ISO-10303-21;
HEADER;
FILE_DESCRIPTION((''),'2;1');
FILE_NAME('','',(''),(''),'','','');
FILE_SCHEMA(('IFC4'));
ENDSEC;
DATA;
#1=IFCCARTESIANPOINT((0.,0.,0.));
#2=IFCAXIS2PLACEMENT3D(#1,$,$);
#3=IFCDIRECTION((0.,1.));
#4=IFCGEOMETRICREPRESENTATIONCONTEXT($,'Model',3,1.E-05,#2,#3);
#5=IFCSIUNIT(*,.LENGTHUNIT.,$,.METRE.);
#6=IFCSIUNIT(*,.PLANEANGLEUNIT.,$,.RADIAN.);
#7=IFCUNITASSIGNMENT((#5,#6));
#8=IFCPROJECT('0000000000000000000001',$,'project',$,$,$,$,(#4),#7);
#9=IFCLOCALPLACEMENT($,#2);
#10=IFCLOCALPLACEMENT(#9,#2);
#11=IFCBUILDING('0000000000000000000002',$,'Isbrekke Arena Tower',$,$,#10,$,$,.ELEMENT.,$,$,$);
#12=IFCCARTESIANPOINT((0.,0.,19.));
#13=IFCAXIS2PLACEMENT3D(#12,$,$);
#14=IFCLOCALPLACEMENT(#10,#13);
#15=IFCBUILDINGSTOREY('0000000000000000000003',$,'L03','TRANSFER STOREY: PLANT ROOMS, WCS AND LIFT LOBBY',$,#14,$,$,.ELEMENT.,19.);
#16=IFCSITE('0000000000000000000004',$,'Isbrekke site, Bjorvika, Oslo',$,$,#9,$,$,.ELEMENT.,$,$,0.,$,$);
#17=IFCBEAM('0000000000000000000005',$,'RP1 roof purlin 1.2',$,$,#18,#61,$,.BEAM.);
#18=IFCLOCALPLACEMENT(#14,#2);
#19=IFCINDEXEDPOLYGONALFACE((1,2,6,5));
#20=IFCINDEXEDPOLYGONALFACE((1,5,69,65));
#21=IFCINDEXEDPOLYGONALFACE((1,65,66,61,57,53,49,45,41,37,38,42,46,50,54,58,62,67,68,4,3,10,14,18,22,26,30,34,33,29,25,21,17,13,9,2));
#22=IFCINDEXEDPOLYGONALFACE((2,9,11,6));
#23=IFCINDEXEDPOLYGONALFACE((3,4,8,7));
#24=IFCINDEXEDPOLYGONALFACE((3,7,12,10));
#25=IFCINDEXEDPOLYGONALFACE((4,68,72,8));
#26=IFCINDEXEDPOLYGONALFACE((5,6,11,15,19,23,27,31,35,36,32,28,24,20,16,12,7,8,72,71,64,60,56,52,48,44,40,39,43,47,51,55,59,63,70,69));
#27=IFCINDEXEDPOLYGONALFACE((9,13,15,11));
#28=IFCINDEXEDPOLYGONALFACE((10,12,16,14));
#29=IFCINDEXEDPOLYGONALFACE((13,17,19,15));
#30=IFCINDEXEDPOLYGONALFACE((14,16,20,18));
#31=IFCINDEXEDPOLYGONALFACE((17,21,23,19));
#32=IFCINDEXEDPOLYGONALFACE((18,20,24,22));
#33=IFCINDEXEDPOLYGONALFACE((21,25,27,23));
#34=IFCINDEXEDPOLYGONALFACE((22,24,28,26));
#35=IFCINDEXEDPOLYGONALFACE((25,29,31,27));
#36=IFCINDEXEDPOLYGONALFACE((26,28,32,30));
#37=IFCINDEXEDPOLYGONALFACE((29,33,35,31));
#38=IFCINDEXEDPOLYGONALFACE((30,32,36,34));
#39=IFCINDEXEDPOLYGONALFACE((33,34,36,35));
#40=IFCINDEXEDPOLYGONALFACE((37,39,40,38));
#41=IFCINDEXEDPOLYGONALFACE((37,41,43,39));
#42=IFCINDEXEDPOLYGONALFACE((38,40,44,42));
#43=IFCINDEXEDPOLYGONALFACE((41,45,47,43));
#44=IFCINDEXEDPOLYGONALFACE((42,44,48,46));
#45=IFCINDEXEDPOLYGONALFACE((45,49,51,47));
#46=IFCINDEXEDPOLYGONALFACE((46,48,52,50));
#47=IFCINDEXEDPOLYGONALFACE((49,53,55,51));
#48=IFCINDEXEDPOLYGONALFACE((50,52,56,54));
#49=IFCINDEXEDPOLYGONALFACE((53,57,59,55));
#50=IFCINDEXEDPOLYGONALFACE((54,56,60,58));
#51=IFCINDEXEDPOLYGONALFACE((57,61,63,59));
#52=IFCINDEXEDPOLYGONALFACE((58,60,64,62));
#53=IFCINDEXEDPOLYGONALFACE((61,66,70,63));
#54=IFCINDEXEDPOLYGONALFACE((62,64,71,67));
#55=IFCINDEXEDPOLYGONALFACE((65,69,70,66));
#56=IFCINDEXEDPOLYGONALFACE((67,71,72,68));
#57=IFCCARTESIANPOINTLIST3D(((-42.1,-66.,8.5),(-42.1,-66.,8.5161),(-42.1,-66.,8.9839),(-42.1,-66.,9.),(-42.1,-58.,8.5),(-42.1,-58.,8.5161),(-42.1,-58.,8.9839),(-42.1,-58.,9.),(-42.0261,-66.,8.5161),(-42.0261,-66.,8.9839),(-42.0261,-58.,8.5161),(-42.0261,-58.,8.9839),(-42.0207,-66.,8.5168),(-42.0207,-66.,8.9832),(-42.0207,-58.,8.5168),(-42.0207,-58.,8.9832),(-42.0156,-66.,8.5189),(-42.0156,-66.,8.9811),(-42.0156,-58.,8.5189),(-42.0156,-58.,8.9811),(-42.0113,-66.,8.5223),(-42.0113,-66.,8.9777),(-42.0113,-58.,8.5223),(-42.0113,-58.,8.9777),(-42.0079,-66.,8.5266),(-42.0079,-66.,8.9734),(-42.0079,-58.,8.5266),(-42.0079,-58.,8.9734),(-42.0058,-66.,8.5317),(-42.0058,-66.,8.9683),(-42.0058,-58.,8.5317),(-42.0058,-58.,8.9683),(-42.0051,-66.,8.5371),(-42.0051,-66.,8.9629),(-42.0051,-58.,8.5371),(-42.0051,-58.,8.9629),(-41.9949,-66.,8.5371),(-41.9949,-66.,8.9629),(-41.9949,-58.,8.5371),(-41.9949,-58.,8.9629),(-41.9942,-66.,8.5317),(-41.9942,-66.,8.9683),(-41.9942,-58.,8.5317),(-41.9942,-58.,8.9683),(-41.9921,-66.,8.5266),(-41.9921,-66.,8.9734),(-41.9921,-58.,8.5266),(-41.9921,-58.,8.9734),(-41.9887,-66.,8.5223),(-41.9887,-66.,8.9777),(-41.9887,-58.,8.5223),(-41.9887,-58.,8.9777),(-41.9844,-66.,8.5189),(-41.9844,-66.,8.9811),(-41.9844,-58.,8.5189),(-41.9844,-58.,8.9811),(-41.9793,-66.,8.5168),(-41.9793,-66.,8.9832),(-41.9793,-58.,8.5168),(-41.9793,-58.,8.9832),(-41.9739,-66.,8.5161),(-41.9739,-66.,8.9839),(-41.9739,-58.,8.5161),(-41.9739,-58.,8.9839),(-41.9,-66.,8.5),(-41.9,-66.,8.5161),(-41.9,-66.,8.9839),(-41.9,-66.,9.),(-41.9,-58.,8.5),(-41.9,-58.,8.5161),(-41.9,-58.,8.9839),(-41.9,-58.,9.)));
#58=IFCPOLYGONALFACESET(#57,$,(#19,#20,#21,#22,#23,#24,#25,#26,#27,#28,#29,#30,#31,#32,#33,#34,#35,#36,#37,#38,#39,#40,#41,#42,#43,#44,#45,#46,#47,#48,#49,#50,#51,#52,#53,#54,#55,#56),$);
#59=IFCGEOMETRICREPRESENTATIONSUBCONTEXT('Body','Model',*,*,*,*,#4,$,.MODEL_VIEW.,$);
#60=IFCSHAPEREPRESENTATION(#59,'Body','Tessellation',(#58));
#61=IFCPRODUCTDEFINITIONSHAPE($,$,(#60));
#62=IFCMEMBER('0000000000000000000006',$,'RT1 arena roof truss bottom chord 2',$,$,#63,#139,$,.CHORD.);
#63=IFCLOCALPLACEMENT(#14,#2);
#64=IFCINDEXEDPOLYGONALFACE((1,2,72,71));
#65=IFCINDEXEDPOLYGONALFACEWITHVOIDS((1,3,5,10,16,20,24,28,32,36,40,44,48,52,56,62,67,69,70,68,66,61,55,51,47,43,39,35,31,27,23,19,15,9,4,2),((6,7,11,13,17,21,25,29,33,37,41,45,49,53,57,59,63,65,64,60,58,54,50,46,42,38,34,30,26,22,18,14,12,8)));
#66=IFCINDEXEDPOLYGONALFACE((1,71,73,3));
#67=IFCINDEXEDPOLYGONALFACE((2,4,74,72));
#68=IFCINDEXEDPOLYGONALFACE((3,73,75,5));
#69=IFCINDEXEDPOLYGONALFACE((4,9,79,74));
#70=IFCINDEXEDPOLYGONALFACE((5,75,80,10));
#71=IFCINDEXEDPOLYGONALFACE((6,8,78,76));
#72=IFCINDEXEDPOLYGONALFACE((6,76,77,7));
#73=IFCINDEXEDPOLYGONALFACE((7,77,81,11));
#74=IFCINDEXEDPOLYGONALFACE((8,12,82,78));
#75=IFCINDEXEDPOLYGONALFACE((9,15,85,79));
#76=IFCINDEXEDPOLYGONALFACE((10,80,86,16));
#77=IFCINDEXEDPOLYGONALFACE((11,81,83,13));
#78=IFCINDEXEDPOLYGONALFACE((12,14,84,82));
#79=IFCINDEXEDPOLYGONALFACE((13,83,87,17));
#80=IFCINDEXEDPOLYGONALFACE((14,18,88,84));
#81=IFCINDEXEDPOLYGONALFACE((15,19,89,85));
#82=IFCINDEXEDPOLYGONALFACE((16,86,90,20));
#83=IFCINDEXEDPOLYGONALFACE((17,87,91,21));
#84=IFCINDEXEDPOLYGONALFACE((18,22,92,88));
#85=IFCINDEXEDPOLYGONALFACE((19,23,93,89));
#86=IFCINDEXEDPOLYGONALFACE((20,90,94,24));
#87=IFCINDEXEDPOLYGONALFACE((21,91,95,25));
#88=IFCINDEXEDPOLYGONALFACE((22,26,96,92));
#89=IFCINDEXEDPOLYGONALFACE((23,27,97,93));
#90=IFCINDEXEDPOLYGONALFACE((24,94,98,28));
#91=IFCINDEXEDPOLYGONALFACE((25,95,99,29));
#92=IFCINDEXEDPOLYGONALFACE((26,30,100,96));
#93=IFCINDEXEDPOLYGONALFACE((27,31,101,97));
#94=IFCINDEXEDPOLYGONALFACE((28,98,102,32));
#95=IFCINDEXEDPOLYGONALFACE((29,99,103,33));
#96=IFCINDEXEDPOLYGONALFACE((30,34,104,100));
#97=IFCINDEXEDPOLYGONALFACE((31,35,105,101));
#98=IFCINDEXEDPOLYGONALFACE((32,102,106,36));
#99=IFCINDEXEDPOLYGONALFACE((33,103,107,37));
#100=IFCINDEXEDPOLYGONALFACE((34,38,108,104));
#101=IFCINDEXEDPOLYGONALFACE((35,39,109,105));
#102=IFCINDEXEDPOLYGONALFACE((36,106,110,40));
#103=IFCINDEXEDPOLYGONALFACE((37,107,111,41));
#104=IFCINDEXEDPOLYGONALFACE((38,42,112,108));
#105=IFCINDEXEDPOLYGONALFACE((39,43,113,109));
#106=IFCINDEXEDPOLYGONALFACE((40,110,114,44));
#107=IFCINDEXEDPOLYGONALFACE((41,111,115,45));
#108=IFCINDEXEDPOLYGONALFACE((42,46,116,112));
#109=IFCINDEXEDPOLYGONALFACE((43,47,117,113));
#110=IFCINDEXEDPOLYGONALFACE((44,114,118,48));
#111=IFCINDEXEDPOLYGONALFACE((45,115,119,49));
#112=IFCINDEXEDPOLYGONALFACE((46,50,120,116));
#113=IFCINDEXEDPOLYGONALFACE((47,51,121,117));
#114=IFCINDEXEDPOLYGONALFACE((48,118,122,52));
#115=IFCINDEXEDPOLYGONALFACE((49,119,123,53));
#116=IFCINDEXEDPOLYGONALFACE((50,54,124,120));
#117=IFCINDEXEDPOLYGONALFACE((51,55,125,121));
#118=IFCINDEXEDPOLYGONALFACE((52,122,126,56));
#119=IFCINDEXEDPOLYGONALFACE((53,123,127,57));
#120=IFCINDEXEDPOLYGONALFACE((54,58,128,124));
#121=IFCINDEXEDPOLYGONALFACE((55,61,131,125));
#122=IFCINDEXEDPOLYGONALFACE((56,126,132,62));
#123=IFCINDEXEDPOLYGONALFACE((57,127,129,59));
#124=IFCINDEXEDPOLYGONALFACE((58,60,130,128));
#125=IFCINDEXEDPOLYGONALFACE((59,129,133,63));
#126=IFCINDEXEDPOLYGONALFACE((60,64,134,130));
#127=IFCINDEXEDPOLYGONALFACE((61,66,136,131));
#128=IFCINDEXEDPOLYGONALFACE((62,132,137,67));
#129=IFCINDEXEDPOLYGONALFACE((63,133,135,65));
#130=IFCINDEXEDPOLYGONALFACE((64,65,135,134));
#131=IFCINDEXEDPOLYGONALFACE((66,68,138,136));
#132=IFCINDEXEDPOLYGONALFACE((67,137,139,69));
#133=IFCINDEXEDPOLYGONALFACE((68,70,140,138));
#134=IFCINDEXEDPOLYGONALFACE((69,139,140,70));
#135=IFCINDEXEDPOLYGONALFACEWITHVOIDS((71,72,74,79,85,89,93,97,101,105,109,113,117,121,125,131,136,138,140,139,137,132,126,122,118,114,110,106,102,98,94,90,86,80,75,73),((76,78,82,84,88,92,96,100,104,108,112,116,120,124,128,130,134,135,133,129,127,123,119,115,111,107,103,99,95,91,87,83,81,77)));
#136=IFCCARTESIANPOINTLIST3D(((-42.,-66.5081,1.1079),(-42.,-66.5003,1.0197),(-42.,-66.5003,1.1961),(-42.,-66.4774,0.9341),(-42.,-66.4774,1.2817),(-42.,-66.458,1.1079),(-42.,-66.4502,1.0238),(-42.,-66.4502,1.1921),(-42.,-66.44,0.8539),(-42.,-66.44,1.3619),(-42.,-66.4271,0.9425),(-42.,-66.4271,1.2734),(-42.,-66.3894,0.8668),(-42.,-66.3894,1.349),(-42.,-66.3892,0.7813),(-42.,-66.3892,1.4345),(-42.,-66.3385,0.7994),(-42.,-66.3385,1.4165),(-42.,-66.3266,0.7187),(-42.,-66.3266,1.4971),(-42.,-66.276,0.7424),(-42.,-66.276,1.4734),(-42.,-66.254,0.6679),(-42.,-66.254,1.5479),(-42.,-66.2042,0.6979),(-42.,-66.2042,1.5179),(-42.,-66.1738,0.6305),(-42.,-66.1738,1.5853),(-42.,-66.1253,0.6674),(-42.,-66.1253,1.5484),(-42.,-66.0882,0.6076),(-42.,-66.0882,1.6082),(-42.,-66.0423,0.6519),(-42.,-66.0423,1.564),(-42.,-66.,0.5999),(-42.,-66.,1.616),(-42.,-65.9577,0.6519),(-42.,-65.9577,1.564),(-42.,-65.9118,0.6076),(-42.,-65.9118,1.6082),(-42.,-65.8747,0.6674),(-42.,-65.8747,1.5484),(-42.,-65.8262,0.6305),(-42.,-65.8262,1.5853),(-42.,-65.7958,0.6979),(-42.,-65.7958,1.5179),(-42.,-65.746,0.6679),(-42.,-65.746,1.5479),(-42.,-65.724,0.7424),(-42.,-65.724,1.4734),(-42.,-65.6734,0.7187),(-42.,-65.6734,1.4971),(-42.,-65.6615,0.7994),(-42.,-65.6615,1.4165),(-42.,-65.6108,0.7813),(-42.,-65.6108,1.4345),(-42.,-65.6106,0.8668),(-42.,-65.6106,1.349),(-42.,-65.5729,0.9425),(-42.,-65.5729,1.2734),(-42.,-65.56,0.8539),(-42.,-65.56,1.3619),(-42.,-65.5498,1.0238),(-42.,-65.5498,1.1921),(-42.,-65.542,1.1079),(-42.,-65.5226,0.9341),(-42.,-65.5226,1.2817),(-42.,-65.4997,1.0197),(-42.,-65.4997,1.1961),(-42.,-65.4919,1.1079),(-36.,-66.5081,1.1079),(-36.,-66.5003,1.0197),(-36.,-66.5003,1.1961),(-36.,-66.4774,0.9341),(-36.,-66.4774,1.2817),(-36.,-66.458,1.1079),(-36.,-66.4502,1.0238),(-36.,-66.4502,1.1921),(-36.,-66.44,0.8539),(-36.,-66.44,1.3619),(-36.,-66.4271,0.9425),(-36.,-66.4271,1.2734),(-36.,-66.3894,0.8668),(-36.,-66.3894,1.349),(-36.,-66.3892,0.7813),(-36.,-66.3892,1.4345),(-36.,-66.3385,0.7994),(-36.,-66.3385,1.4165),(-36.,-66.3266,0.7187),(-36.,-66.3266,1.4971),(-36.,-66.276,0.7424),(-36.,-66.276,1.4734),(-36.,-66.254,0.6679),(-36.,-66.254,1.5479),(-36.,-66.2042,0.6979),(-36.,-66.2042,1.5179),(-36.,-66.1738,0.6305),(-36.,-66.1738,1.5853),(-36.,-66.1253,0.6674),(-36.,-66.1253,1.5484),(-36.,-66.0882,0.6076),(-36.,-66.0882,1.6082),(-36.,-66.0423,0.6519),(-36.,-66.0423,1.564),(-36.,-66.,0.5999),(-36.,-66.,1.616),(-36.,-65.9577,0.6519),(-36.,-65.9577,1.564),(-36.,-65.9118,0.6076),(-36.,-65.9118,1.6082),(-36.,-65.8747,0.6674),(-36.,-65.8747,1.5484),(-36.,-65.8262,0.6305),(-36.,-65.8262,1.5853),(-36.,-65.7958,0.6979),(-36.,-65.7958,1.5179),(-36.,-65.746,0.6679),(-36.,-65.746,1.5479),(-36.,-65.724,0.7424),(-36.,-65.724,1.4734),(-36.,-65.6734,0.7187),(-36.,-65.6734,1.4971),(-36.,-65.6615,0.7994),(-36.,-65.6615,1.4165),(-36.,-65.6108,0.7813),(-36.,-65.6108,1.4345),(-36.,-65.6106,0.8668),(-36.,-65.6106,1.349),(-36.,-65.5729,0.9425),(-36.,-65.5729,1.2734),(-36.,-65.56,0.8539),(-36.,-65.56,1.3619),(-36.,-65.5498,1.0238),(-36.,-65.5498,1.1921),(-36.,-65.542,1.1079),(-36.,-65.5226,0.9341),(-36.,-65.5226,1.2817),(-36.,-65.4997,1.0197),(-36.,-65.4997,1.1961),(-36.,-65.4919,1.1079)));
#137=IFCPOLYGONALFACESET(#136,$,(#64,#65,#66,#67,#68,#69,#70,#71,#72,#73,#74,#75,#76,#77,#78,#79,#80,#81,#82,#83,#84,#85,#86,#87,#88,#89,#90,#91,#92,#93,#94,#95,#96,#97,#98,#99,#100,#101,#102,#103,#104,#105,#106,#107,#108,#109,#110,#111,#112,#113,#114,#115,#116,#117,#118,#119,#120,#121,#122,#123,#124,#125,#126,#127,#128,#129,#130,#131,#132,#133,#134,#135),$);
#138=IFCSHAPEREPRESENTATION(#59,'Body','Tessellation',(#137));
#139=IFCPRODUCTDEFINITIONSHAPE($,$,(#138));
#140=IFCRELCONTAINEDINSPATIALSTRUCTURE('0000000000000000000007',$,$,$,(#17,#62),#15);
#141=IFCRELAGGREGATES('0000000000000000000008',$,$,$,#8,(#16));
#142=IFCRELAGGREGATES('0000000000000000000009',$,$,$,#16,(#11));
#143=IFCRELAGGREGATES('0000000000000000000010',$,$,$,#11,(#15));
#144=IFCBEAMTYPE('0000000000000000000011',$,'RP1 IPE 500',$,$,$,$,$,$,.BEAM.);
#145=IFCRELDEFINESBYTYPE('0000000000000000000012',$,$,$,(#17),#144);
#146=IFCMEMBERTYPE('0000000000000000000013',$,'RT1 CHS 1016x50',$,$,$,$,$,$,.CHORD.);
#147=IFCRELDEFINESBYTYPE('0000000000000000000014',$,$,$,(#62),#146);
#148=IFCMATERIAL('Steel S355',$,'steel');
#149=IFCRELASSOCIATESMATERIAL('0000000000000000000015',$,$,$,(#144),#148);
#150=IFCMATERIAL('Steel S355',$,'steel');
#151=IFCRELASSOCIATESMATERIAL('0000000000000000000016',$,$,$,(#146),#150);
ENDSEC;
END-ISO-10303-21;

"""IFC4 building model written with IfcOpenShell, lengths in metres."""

from ifc_helpers import new_model, si_unit, direction, frame, origin, origin_2d, place, context, subcontext, project, spatial, hollow_circle, i_section, extrude, material, material_profile, profile_set, type_object, element, save


model = new_model("IFC4")

# Units and contexts
model_context = context("Model", 3, precision=1e-05, world=origin(), true_north=direction((0.0, 1.0)))
body_context = subcontext(model_context, "Body", "Model", "MODEL_VIEW")
ifc_project = project(units=[si_unit("LENGTHUNIT", "METRE"), si_unit("PLANEANGLEUNIT", "RADIAN")], contexts=[model_context])

# Site, building, storey
site_placement = place(None, origin())
site = spatial("IfcSite", under=ifc_project, at=site_placement, Name="Isbrekke site, Bjorvika, Oslo", CompositionType="ELEMENT", RefElevation=0.0)
building_placement = place(site_placement, origin())
building = spatial("IfcBuilding", under=site, at=building_placement, Name="Isbrekke Arena Tower", CompositionType="ELEMENT")
storey_placement = place(building_placement, frame((0.0, 0.0, 19.0)))
storey = spatial("IfcBuildingStorey", under=building, at=storey_placement, Name="L03", Description="TRANSFER STOREY: PLANT ROOMS, WCS AND LIFT LOBBY", CompositionType="ELEMENT", Elevation=19.0)

# Beam
ifc_material_1 = material(Name="Steel S355", Category="steel")
ifc_material_profile_1 = material_profile(ifc_material_1, i_section(OverallWidth=0.2, OverallDepth=0.5, WebThickness=0.0103, FlangeThickness=0.0161, FilletRadius=0.021, at=origin_2d()), Name="IPE 500")
ifc_profile_set_1 = profile_set([ifc_material_profile_1], Name="Steel S355")
beam_type = type_object("IfcBeamType", Name="RP1 IPE 500", PredefinedType="BEAM", material=ifc_profile_set_1)
beam_placement = place(storey_placement, frame((-42.0, -66.0, 8.75), z_axis=(0.0, 1.0, 0.0), x_axis=(-1.0, 0.0, 0.0)))
element("IfcBeam", 1, at=beam_placement, inside=storey, type_object=beam_type, Name="RP1 roof purlin 1.2", PredefinedType="BEAM", context=body_context, shape_type="SweptSolid", body=[
    extrude(i_section(OverallWidth=0.2, OverallDepth=0.5, WebThickness=0.0103, FlangeThickness=0.0161, FilletRadius=0.021, at=origin_2d()), origin(), (0.0, 0.0, 1.0), 8.0),
])

# Member
ifc_material_2 = material(Name="Steel S355", Category="steel")
ifc_material_profile_2 = material_profile(ifc_material_2, hollow_circle(Radius=0.5081, WallThickness=0.05, at=origin_2d()), Name="CHS 1016x50")
ifc_profile_set_2 = profile_set([ifc_material_profile_2], Name="Steel S355")
member_type_1 = type_object("IfcMemberType", Name="RT1 CHS 1016x50", PredefinedType="CHORD", material=ifc_profile_set_2)
for number, where, z_axis, x_axis, name in (
    (2, (-42.0, -66.0, 1.1079), (1.0, 0.0, 0.0), (0.0, 1.0, 0.0), "RT1 arena roof truss bottom chord 2"),
):
    element("IfcMember", number, at=place(storey_placement, frame(where, z_axis=z_axis, x_axis=x_axis)), inside=storey, type_object=member_type_1, Name=name, PredefinedType="CHORD", context=body_context, shape_type="SweptSolid", body=[
        extrude(hollow_circle(Radius=0.5081, WallThickness=0.05, at=origin_2d()), origin(), (0.0, 0.0, 1.0), 6.0),
    ])

save(model, "model.ifc")
